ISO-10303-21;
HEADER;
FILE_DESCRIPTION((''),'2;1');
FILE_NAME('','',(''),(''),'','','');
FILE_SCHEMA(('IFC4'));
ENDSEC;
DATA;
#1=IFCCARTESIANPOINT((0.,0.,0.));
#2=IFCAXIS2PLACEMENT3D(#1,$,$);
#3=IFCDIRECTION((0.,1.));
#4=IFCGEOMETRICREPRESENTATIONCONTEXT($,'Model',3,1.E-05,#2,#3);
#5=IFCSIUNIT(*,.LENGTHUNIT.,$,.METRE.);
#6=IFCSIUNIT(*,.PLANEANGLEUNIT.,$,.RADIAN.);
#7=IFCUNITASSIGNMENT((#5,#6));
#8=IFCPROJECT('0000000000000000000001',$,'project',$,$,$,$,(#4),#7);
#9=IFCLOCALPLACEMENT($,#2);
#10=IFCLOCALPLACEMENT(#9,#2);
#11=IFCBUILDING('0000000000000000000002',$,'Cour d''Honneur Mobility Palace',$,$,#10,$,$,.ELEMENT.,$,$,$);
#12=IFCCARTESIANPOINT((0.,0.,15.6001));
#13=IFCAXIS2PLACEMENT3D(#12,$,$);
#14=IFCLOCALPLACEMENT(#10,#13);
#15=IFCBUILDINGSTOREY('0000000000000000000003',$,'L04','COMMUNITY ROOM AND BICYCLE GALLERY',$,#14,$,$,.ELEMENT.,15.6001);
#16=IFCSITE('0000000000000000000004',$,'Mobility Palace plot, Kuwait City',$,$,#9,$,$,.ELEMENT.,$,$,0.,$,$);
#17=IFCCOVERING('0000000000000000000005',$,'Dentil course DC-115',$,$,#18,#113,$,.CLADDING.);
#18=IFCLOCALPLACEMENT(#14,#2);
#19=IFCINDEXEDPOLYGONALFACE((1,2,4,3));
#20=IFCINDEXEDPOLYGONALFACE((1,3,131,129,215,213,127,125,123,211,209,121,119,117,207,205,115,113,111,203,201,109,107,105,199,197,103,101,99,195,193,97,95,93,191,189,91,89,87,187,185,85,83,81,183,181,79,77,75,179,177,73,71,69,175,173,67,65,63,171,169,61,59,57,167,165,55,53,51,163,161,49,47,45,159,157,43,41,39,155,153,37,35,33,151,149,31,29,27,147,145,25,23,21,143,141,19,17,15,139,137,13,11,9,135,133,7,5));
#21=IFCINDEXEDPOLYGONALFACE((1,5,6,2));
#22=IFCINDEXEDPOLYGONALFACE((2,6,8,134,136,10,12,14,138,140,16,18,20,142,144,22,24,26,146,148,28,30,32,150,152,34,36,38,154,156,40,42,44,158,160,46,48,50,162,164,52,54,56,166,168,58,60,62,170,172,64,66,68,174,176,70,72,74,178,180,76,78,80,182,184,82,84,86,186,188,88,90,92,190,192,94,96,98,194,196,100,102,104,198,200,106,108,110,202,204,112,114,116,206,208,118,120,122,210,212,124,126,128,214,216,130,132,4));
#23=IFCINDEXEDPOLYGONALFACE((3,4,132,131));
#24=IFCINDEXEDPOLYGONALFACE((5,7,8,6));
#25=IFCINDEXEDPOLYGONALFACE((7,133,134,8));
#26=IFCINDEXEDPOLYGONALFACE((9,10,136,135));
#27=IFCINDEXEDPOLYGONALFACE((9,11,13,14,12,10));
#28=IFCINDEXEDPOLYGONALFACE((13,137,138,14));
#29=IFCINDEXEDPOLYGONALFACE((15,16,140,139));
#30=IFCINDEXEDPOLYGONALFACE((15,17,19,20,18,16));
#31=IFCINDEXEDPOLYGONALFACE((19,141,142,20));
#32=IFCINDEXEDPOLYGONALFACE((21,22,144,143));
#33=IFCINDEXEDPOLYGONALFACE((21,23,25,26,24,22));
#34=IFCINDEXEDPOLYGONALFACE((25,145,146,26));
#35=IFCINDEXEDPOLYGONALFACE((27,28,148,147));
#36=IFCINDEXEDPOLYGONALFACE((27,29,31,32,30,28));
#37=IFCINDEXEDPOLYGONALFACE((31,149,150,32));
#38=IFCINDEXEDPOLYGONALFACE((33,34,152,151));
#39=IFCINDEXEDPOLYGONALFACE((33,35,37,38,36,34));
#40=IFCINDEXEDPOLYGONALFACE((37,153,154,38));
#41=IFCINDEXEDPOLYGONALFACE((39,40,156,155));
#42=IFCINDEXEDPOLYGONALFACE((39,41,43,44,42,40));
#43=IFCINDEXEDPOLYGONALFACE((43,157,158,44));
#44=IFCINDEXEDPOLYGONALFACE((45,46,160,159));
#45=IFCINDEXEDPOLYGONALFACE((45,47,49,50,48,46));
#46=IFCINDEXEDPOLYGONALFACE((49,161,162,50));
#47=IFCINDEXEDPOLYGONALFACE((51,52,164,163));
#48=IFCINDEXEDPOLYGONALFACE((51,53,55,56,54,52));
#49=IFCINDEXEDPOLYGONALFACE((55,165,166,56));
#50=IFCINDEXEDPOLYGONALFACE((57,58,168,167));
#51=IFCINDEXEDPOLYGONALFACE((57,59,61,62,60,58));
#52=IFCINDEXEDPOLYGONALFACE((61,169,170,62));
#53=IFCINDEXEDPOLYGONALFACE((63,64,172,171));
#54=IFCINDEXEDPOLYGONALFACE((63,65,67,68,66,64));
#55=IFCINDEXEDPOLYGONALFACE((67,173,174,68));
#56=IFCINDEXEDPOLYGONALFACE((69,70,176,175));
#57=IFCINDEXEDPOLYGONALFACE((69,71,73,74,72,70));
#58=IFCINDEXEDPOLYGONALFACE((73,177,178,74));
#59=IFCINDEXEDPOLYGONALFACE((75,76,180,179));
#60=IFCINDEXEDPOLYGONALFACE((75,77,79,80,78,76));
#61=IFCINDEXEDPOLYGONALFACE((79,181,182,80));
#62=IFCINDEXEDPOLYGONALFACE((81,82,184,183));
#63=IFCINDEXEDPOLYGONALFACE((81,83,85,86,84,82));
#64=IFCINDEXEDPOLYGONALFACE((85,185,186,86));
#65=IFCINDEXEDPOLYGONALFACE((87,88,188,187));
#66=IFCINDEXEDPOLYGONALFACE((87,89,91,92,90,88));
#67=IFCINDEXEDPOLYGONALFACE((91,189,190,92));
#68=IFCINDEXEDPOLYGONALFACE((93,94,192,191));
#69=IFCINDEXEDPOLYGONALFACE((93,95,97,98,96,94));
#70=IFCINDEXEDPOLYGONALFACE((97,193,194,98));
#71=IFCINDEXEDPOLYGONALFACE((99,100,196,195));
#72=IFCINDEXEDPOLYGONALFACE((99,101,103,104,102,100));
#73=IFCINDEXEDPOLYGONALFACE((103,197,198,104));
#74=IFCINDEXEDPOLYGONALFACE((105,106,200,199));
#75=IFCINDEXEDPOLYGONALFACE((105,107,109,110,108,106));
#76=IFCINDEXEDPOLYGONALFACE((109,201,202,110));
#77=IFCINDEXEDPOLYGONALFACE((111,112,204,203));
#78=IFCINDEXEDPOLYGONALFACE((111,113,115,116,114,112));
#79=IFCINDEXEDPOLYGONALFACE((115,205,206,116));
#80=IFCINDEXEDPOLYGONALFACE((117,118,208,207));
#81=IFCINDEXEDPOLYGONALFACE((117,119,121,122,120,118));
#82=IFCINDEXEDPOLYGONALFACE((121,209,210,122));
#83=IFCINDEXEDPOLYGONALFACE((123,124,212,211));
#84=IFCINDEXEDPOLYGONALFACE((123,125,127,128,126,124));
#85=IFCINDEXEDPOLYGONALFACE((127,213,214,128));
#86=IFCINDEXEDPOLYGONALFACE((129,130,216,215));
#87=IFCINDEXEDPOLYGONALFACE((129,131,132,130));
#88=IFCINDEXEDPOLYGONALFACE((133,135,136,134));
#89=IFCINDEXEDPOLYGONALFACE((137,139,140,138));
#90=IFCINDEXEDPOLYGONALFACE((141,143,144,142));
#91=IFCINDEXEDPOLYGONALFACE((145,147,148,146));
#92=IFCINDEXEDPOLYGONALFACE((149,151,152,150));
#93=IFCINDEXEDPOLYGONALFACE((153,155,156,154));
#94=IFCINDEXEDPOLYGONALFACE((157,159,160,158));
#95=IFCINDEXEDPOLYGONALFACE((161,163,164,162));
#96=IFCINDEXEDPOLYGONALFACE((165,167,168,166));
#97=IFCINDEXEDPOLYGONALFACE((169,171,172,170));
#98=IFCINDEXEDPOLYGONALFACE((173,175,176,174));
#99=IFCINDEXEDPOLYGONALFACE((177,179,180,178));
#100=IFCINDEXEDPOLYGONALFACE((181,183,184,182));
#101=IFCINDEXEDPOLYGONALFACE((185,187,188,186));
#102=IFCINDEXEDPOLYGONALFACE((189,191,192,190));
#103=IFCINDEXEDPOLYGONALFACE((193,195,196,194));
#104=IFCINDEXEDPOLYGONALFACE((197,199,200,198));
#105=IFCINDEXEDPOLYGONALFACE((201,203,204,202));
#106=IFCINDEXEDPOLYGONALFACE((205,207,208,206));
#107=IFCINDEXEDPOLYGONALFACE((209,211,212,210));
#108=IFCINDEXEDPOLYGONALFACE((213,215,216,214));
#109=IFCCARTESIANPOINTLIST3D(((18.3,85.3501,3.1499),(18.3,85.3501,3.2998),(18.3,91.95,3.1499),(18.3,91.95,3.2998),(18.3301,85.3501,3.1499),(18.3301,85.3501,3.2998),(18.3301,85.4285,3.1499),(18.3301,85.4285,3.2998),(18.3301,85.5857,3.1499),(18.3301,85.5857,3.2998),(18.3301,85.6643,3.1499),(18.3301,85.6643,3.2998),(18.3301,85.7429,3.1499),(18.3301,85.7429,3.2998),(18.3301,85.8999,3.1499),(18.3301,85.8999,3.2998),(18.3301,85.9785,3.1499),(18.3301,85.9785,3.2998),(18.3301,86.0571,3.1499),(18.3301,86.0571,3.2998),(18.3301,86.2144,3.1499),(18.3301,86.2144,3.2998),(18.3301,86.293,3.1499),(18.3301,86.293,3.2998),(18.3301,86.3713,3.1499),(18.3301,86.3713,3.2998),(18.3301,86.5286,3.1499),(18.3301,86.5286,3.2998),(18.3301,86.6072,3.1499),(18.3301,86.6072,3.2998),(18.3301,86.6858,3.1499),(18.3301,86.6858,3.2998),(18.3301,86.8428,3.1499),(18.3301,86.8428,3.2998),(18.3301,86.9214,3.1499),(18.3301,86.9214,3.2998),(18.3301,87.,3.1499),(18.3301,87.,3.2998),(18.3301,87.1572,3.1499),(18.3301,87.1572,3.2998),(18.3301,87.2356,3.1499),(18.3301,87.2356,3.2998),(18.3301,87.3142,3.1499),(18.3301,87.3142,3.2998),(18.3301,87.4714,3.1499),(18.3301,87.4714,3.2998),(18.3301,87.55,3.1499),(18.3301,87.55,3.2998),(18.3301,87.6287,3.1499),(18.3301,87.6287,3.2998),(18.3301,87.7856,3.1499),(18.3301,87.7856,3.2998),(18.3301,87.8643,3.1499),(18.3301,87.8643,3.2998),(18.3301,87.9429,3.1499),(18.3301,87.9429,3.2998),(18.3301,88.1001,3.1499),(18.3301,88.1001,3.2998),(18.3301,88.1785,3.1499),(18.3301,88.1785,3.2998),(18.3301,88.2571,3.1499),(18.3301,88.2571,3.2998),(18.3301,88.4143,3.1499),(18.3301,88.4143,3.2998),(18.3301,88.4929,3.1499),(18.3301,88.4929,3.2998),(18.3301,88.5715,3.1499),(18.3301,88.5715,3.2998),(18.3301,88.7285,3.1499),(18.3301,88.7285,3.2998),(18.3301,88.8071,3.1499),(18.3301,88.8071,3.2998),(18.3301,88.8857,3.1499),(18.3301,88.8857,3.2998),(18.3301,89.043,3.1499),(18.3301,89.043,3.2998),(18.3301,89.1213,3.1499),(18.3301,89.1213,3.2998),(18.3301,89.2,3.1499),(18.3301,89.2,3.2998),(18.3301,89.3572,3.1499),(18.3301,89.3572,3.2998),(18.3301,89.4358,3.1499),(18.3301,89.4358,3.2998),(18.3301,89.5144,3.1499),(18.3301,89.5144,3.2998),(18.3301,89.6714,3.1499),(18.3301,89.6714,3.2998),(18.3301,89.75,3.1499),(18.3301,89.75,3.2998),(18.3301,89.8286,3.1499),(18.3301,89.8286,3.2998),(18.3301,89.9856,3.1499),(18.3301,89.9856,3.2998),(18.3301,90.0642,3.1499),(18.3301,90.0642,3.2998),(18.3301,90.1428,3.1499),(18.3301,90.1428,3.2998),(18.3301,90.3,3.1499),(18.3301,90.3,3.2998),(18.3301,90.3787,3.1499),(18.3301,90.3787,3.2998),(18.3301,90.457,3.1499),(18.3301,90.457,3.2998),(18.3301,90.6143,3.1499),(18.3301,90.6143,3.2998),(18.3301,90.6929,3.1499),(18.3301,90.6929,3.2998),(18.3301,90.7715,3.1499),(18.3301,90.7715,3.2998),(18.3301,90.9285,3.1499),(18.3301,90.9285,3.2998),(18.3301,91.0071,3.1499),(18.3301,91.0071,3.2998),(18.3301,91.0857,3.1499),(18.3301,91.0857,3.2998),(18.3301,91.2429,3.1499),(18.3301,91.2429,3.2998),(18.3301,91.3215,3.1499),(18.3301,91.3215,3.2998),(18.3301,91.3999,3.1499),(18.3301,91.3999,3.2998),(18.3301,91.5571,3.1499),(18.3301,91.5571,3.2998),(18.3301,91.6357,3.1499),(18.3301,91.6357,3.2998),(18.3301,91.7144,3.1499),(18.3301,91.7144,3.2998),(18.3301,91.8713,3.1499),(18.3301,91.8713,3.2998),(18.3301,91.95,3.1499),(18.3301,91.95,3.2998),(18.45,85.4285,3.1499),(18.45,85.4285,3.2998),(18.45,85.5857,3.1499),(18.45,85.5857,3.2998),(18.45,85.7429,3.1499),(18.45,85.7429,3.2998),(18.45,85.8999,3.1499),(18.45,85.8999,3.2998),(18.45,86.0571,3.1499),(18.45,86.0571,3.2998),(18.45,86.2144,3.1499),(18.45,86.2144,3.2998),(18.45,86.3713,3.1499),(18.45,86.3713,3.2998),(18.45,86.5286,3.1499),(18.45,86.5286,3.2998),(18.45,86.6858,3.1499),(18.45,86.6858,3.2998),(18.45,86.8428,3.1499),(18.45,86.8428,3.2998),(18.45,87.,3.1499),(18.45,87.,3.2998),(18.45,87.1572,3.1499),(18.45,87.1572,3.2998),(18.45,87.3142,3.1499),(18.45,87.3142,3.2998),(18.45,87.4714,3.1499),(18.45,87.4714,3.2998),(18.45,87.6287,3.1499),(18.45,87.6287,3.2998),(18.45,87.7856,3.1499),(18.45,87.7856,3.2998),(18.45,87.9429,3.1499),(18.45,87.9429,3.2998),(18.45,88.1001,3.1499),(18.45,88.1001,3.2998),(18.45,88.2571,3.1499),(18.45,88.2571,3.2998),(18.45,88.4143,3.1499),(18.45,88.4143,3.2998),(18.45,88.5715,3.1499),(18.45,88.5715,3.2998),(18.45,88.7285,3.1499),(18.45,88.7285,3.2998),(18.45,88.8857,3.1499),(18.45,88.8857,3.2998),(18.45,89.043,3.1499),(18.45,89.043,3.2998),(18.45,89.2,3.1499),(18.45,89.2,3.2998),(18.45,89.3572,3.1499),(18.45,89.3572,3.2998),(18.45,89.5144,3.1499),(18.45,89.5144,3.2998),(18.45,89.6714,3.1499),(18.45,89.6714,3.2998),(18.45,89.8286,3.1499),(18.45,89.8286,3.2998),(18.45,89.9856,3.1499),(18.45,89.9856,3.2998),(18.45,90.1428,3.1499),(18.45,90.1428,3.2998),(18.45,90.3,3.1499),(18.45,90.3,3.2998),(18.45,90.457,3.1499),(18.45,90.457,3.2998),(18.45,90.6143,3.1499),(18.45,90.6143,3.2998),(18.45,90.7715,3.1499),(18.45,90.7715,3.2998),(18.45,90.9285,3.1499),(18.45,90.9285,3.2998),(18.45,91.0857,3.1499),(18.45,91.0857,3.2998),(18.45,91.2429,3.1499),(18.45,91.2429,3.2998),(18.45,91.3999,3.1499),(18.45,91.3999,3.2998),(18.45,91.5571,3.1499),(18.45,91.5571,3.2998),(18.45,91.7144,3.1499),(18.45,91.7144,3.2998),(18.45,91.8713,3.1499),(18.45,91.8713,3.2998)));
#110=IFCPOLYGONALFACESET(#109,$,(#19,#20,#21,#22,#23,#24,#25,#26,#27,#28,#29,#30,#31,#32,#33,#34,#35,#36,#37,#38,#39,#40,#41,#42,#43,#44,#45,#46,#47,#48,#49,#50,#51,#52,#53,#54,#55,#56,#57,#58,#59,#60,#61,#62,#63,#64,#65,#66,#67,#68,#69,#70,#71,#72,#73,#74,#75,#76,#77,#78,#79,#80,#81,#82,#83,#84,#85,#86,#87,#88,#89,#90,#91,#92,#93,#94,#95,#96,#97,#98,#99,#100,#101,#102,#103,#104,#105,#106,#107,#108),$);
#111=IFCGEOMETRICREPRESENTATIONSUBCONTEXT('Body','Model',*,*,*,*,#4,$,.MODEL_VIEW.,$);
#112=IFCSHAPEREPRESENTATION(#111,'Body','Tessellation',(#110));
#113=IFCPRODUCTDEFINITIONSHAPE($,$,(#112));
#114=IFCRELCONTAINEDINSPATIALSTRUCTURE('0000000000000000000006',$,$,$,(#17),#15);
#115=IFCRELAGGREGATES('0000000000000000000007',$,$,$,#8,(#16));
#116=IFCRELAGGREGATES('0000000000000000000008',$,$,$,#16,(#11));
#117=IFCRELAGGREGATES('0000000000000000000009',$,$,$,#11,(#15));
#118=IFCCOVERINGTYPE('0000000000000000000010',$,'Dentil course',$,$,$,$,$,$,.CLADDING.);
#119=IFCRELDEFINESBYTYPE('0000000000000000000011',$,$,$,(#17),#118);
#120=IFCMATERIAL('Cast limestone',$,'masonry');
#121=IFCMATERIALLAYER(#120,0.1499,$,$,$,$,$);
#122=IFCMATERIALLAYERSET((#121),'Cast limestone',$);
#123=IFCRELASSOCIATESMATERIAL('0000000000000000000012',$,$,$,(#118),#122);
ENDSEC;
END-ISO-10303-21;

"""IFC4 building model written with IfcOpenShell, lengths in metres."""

from ifc_helpers import new_model, si_unit, direction, frame, origin, place, context, subcontext, project, spatial, polyline, outline, extrude, material, layer, layer_set, type_object, element, save


model = new_model("IFC4")

# Units and contexts
model_context = context("Model", 3, precision=1e-05, world=origin(), true_north=direction((0.0, 1.0)))
body_context = subcontext(model_context, "Body", "Model", "MODEL_VIEW")
ifc_project = project(units=[si_unit("LENGTHUNIT", "METRE"), si_unit("PLANEANGLEUNIT", "RADIAN")], contexts=[model_context])

# Site, building, storey
site_placement = place(None, origin())
site = spatial("IfcSite", under=ifc_project, at=site_placement, Name="Mobility Palace plot, Kuwait City", CompositionType="ELEMENT", RefElevation=0.0)
building_placement = place(site_placement, origin())
building = spatial("IfcBuilding", under=site, at=building_placement, Name="Cour d'Honneur Mobility Palace", CompositionType="ELEMENT")
storey_placement = place(building_placement, frame((0.0, 0.0, 15.6001)))
storey = spatial("IfcBuildingStorey", under=building, at=storey_placement, Name="L04", Description="COMMUNITY ROOM AND BICYCLE GALLERY", CompositionType="ELEMENT", Elevation=15.6001)

# Covering
ifc_material = material(Name="Cast limestone", Category="masonry")
ifc_layer = layer(ifc_material, 0.1499)
ifc_layer_set = layer_set([ifc_layer], Name="Cast limestone")
covering_type = type_object("IfcCoveringType", Name="Dentil course", PredefinedType="CLADDING", material=ifc_layer_set)
covering_1_placement = place(storey_placement, frame((0.0, 0.0, 3.1499)))
element("IfcCovering", 1, at=covering_1_placement, inside=storey, type_object=covering_type, Name="Dentil course DC-115", PredefinedType="CLADDING", context=body_context, shape_type="SweptSolid", body=[
    extrude(outline(polyline([(18.3, 85.3501), (18.3, 91.95), (18.3301, 91.95), (18.3301, 91.95), (18.3301, 91.8713), (18.45, 91.8713), (18.45, 91.7144), (18.3301, 91.7144), (18.3301, 91.6357), (18.3301, 91.6357), (18.3301, 91.5571), (18.45, 91.5571), (18.45, 91.3999), (18.3301, 91.3999), (18.3301, 91.3215), (18.3301, 91.3215), (18.3301, 91.2429), (18.45, 91.2429), (18.45, 91.0857), (18.3301, 91.0857), (18.3301, 91.0071), (18.3301, 91.0071), (18.3301, 90.9285), (18.45, 90.9285), (18.45, 90.7715), (18.3301, 90.7715), (18.3301, 90.6929), (18.3301, 90.6929), (18.3301, 90.6143), (18.45, 90.6143), (18.45, 90.457), (18.3301, 90.457), (18.3301, 90.3787), (18.3301, 90.3787), (18.3301, 90.3), (18.45, 90.3), (18.45, 90.1428), (18.3301, 90.1428), (18.3301, 90.0642), (18.3301, 90.0642), (18.3301, 89.9856), (18.45, 89.9856), (18.45, 89.8286), (18.3301, 89.8286), (18.3301, 89.75), (18.3301, 89.75), (18.3301, 89.6714), (18.45, 89.6714), (18.45, 89.5144), (18.3301, 89.5144), (18.3301, 89.4358), (18.3301, 89.4358), (18.3301, 89.3572), (18.45, 89.3572), (18.45, 89.2), (18.3301, 89.2), (18.3301, 89.1213), (18.3301, 89.1213), (18.3301, 89.043), (18.45, 89.043), (18.45, 88.8857), (18.3301, 88.8857), (18.3301, 88.8071), (18.3301, 88.8071), (18.3301, 88.7285), (18.45, 88.7285), (18.45, 88.5715), (18.3301, 88.5715), (18.3301, 88.4929), (18.3301, 88.4929), (18.3301, 88.4143), (18.45, 88.4143), (18.45, 88.2571), (18.3301, 88.2571), (18.3301, 88.1785), (18.3301, 88.1785), (18.3301, 88.1001), (18.45, 88.1001), (18.45, 87.9429), (18.3301, 87.9429), (18.3301, 87.8643), (18.3301, 87.8643), (18.3301, 87.7856), (18.45, 87.7856), (18.45, 87.6287), (18.3301, 87.6287), (18.3301, 87.55), (18.3301, 87.55), (18.3301, 87.4714), (18.45, 87.4714), (18.45, 87.3142), (18.3301, 87.3142), (18.3301, 87.2356), (18.3301, 87.2356), (18.3301, 87.1572), (18.45, 87.1572), (18.45, 87.0), (18.3301, 87.0), (18.3301, 86.9214), (18.3301, 86.9214), (18.3301, 86.8428), (18.45, 86.8428), (18.45, 86.6858), (18.3301, 86.6858), (18.3301, 86.6072), (18.3301, 86.6072), (18.3301, 86.5286), (18.45, 86.5286), (18.45, 86.3713), (18.3301, 86.3713), (18.3301, 86.293), (18.3301, 86.293), (18.3301, 86.2144), (18.45, 86.2144), (18.45, 86.0571), (18.3301, 86.0571), (18.3301, 85.9785), (18.3301, 85.9785), (18.3301, 85.8999), (18.45, 85.8999), (18.45, 85.7429), (18.3301, 85.7429), (18.3301, 85.6643), (18.3301, 85.6643), (18.3301, 85.5857), (18.45, 85.5857), (18.45, 85.4285), (18.3301, 85.4285), (18.3301, 85.3501), (18.3, 85.3501)])), origin(), (0.0, 0.0, 1.0), 0.1499),
])

save(model, "model.ifc")
